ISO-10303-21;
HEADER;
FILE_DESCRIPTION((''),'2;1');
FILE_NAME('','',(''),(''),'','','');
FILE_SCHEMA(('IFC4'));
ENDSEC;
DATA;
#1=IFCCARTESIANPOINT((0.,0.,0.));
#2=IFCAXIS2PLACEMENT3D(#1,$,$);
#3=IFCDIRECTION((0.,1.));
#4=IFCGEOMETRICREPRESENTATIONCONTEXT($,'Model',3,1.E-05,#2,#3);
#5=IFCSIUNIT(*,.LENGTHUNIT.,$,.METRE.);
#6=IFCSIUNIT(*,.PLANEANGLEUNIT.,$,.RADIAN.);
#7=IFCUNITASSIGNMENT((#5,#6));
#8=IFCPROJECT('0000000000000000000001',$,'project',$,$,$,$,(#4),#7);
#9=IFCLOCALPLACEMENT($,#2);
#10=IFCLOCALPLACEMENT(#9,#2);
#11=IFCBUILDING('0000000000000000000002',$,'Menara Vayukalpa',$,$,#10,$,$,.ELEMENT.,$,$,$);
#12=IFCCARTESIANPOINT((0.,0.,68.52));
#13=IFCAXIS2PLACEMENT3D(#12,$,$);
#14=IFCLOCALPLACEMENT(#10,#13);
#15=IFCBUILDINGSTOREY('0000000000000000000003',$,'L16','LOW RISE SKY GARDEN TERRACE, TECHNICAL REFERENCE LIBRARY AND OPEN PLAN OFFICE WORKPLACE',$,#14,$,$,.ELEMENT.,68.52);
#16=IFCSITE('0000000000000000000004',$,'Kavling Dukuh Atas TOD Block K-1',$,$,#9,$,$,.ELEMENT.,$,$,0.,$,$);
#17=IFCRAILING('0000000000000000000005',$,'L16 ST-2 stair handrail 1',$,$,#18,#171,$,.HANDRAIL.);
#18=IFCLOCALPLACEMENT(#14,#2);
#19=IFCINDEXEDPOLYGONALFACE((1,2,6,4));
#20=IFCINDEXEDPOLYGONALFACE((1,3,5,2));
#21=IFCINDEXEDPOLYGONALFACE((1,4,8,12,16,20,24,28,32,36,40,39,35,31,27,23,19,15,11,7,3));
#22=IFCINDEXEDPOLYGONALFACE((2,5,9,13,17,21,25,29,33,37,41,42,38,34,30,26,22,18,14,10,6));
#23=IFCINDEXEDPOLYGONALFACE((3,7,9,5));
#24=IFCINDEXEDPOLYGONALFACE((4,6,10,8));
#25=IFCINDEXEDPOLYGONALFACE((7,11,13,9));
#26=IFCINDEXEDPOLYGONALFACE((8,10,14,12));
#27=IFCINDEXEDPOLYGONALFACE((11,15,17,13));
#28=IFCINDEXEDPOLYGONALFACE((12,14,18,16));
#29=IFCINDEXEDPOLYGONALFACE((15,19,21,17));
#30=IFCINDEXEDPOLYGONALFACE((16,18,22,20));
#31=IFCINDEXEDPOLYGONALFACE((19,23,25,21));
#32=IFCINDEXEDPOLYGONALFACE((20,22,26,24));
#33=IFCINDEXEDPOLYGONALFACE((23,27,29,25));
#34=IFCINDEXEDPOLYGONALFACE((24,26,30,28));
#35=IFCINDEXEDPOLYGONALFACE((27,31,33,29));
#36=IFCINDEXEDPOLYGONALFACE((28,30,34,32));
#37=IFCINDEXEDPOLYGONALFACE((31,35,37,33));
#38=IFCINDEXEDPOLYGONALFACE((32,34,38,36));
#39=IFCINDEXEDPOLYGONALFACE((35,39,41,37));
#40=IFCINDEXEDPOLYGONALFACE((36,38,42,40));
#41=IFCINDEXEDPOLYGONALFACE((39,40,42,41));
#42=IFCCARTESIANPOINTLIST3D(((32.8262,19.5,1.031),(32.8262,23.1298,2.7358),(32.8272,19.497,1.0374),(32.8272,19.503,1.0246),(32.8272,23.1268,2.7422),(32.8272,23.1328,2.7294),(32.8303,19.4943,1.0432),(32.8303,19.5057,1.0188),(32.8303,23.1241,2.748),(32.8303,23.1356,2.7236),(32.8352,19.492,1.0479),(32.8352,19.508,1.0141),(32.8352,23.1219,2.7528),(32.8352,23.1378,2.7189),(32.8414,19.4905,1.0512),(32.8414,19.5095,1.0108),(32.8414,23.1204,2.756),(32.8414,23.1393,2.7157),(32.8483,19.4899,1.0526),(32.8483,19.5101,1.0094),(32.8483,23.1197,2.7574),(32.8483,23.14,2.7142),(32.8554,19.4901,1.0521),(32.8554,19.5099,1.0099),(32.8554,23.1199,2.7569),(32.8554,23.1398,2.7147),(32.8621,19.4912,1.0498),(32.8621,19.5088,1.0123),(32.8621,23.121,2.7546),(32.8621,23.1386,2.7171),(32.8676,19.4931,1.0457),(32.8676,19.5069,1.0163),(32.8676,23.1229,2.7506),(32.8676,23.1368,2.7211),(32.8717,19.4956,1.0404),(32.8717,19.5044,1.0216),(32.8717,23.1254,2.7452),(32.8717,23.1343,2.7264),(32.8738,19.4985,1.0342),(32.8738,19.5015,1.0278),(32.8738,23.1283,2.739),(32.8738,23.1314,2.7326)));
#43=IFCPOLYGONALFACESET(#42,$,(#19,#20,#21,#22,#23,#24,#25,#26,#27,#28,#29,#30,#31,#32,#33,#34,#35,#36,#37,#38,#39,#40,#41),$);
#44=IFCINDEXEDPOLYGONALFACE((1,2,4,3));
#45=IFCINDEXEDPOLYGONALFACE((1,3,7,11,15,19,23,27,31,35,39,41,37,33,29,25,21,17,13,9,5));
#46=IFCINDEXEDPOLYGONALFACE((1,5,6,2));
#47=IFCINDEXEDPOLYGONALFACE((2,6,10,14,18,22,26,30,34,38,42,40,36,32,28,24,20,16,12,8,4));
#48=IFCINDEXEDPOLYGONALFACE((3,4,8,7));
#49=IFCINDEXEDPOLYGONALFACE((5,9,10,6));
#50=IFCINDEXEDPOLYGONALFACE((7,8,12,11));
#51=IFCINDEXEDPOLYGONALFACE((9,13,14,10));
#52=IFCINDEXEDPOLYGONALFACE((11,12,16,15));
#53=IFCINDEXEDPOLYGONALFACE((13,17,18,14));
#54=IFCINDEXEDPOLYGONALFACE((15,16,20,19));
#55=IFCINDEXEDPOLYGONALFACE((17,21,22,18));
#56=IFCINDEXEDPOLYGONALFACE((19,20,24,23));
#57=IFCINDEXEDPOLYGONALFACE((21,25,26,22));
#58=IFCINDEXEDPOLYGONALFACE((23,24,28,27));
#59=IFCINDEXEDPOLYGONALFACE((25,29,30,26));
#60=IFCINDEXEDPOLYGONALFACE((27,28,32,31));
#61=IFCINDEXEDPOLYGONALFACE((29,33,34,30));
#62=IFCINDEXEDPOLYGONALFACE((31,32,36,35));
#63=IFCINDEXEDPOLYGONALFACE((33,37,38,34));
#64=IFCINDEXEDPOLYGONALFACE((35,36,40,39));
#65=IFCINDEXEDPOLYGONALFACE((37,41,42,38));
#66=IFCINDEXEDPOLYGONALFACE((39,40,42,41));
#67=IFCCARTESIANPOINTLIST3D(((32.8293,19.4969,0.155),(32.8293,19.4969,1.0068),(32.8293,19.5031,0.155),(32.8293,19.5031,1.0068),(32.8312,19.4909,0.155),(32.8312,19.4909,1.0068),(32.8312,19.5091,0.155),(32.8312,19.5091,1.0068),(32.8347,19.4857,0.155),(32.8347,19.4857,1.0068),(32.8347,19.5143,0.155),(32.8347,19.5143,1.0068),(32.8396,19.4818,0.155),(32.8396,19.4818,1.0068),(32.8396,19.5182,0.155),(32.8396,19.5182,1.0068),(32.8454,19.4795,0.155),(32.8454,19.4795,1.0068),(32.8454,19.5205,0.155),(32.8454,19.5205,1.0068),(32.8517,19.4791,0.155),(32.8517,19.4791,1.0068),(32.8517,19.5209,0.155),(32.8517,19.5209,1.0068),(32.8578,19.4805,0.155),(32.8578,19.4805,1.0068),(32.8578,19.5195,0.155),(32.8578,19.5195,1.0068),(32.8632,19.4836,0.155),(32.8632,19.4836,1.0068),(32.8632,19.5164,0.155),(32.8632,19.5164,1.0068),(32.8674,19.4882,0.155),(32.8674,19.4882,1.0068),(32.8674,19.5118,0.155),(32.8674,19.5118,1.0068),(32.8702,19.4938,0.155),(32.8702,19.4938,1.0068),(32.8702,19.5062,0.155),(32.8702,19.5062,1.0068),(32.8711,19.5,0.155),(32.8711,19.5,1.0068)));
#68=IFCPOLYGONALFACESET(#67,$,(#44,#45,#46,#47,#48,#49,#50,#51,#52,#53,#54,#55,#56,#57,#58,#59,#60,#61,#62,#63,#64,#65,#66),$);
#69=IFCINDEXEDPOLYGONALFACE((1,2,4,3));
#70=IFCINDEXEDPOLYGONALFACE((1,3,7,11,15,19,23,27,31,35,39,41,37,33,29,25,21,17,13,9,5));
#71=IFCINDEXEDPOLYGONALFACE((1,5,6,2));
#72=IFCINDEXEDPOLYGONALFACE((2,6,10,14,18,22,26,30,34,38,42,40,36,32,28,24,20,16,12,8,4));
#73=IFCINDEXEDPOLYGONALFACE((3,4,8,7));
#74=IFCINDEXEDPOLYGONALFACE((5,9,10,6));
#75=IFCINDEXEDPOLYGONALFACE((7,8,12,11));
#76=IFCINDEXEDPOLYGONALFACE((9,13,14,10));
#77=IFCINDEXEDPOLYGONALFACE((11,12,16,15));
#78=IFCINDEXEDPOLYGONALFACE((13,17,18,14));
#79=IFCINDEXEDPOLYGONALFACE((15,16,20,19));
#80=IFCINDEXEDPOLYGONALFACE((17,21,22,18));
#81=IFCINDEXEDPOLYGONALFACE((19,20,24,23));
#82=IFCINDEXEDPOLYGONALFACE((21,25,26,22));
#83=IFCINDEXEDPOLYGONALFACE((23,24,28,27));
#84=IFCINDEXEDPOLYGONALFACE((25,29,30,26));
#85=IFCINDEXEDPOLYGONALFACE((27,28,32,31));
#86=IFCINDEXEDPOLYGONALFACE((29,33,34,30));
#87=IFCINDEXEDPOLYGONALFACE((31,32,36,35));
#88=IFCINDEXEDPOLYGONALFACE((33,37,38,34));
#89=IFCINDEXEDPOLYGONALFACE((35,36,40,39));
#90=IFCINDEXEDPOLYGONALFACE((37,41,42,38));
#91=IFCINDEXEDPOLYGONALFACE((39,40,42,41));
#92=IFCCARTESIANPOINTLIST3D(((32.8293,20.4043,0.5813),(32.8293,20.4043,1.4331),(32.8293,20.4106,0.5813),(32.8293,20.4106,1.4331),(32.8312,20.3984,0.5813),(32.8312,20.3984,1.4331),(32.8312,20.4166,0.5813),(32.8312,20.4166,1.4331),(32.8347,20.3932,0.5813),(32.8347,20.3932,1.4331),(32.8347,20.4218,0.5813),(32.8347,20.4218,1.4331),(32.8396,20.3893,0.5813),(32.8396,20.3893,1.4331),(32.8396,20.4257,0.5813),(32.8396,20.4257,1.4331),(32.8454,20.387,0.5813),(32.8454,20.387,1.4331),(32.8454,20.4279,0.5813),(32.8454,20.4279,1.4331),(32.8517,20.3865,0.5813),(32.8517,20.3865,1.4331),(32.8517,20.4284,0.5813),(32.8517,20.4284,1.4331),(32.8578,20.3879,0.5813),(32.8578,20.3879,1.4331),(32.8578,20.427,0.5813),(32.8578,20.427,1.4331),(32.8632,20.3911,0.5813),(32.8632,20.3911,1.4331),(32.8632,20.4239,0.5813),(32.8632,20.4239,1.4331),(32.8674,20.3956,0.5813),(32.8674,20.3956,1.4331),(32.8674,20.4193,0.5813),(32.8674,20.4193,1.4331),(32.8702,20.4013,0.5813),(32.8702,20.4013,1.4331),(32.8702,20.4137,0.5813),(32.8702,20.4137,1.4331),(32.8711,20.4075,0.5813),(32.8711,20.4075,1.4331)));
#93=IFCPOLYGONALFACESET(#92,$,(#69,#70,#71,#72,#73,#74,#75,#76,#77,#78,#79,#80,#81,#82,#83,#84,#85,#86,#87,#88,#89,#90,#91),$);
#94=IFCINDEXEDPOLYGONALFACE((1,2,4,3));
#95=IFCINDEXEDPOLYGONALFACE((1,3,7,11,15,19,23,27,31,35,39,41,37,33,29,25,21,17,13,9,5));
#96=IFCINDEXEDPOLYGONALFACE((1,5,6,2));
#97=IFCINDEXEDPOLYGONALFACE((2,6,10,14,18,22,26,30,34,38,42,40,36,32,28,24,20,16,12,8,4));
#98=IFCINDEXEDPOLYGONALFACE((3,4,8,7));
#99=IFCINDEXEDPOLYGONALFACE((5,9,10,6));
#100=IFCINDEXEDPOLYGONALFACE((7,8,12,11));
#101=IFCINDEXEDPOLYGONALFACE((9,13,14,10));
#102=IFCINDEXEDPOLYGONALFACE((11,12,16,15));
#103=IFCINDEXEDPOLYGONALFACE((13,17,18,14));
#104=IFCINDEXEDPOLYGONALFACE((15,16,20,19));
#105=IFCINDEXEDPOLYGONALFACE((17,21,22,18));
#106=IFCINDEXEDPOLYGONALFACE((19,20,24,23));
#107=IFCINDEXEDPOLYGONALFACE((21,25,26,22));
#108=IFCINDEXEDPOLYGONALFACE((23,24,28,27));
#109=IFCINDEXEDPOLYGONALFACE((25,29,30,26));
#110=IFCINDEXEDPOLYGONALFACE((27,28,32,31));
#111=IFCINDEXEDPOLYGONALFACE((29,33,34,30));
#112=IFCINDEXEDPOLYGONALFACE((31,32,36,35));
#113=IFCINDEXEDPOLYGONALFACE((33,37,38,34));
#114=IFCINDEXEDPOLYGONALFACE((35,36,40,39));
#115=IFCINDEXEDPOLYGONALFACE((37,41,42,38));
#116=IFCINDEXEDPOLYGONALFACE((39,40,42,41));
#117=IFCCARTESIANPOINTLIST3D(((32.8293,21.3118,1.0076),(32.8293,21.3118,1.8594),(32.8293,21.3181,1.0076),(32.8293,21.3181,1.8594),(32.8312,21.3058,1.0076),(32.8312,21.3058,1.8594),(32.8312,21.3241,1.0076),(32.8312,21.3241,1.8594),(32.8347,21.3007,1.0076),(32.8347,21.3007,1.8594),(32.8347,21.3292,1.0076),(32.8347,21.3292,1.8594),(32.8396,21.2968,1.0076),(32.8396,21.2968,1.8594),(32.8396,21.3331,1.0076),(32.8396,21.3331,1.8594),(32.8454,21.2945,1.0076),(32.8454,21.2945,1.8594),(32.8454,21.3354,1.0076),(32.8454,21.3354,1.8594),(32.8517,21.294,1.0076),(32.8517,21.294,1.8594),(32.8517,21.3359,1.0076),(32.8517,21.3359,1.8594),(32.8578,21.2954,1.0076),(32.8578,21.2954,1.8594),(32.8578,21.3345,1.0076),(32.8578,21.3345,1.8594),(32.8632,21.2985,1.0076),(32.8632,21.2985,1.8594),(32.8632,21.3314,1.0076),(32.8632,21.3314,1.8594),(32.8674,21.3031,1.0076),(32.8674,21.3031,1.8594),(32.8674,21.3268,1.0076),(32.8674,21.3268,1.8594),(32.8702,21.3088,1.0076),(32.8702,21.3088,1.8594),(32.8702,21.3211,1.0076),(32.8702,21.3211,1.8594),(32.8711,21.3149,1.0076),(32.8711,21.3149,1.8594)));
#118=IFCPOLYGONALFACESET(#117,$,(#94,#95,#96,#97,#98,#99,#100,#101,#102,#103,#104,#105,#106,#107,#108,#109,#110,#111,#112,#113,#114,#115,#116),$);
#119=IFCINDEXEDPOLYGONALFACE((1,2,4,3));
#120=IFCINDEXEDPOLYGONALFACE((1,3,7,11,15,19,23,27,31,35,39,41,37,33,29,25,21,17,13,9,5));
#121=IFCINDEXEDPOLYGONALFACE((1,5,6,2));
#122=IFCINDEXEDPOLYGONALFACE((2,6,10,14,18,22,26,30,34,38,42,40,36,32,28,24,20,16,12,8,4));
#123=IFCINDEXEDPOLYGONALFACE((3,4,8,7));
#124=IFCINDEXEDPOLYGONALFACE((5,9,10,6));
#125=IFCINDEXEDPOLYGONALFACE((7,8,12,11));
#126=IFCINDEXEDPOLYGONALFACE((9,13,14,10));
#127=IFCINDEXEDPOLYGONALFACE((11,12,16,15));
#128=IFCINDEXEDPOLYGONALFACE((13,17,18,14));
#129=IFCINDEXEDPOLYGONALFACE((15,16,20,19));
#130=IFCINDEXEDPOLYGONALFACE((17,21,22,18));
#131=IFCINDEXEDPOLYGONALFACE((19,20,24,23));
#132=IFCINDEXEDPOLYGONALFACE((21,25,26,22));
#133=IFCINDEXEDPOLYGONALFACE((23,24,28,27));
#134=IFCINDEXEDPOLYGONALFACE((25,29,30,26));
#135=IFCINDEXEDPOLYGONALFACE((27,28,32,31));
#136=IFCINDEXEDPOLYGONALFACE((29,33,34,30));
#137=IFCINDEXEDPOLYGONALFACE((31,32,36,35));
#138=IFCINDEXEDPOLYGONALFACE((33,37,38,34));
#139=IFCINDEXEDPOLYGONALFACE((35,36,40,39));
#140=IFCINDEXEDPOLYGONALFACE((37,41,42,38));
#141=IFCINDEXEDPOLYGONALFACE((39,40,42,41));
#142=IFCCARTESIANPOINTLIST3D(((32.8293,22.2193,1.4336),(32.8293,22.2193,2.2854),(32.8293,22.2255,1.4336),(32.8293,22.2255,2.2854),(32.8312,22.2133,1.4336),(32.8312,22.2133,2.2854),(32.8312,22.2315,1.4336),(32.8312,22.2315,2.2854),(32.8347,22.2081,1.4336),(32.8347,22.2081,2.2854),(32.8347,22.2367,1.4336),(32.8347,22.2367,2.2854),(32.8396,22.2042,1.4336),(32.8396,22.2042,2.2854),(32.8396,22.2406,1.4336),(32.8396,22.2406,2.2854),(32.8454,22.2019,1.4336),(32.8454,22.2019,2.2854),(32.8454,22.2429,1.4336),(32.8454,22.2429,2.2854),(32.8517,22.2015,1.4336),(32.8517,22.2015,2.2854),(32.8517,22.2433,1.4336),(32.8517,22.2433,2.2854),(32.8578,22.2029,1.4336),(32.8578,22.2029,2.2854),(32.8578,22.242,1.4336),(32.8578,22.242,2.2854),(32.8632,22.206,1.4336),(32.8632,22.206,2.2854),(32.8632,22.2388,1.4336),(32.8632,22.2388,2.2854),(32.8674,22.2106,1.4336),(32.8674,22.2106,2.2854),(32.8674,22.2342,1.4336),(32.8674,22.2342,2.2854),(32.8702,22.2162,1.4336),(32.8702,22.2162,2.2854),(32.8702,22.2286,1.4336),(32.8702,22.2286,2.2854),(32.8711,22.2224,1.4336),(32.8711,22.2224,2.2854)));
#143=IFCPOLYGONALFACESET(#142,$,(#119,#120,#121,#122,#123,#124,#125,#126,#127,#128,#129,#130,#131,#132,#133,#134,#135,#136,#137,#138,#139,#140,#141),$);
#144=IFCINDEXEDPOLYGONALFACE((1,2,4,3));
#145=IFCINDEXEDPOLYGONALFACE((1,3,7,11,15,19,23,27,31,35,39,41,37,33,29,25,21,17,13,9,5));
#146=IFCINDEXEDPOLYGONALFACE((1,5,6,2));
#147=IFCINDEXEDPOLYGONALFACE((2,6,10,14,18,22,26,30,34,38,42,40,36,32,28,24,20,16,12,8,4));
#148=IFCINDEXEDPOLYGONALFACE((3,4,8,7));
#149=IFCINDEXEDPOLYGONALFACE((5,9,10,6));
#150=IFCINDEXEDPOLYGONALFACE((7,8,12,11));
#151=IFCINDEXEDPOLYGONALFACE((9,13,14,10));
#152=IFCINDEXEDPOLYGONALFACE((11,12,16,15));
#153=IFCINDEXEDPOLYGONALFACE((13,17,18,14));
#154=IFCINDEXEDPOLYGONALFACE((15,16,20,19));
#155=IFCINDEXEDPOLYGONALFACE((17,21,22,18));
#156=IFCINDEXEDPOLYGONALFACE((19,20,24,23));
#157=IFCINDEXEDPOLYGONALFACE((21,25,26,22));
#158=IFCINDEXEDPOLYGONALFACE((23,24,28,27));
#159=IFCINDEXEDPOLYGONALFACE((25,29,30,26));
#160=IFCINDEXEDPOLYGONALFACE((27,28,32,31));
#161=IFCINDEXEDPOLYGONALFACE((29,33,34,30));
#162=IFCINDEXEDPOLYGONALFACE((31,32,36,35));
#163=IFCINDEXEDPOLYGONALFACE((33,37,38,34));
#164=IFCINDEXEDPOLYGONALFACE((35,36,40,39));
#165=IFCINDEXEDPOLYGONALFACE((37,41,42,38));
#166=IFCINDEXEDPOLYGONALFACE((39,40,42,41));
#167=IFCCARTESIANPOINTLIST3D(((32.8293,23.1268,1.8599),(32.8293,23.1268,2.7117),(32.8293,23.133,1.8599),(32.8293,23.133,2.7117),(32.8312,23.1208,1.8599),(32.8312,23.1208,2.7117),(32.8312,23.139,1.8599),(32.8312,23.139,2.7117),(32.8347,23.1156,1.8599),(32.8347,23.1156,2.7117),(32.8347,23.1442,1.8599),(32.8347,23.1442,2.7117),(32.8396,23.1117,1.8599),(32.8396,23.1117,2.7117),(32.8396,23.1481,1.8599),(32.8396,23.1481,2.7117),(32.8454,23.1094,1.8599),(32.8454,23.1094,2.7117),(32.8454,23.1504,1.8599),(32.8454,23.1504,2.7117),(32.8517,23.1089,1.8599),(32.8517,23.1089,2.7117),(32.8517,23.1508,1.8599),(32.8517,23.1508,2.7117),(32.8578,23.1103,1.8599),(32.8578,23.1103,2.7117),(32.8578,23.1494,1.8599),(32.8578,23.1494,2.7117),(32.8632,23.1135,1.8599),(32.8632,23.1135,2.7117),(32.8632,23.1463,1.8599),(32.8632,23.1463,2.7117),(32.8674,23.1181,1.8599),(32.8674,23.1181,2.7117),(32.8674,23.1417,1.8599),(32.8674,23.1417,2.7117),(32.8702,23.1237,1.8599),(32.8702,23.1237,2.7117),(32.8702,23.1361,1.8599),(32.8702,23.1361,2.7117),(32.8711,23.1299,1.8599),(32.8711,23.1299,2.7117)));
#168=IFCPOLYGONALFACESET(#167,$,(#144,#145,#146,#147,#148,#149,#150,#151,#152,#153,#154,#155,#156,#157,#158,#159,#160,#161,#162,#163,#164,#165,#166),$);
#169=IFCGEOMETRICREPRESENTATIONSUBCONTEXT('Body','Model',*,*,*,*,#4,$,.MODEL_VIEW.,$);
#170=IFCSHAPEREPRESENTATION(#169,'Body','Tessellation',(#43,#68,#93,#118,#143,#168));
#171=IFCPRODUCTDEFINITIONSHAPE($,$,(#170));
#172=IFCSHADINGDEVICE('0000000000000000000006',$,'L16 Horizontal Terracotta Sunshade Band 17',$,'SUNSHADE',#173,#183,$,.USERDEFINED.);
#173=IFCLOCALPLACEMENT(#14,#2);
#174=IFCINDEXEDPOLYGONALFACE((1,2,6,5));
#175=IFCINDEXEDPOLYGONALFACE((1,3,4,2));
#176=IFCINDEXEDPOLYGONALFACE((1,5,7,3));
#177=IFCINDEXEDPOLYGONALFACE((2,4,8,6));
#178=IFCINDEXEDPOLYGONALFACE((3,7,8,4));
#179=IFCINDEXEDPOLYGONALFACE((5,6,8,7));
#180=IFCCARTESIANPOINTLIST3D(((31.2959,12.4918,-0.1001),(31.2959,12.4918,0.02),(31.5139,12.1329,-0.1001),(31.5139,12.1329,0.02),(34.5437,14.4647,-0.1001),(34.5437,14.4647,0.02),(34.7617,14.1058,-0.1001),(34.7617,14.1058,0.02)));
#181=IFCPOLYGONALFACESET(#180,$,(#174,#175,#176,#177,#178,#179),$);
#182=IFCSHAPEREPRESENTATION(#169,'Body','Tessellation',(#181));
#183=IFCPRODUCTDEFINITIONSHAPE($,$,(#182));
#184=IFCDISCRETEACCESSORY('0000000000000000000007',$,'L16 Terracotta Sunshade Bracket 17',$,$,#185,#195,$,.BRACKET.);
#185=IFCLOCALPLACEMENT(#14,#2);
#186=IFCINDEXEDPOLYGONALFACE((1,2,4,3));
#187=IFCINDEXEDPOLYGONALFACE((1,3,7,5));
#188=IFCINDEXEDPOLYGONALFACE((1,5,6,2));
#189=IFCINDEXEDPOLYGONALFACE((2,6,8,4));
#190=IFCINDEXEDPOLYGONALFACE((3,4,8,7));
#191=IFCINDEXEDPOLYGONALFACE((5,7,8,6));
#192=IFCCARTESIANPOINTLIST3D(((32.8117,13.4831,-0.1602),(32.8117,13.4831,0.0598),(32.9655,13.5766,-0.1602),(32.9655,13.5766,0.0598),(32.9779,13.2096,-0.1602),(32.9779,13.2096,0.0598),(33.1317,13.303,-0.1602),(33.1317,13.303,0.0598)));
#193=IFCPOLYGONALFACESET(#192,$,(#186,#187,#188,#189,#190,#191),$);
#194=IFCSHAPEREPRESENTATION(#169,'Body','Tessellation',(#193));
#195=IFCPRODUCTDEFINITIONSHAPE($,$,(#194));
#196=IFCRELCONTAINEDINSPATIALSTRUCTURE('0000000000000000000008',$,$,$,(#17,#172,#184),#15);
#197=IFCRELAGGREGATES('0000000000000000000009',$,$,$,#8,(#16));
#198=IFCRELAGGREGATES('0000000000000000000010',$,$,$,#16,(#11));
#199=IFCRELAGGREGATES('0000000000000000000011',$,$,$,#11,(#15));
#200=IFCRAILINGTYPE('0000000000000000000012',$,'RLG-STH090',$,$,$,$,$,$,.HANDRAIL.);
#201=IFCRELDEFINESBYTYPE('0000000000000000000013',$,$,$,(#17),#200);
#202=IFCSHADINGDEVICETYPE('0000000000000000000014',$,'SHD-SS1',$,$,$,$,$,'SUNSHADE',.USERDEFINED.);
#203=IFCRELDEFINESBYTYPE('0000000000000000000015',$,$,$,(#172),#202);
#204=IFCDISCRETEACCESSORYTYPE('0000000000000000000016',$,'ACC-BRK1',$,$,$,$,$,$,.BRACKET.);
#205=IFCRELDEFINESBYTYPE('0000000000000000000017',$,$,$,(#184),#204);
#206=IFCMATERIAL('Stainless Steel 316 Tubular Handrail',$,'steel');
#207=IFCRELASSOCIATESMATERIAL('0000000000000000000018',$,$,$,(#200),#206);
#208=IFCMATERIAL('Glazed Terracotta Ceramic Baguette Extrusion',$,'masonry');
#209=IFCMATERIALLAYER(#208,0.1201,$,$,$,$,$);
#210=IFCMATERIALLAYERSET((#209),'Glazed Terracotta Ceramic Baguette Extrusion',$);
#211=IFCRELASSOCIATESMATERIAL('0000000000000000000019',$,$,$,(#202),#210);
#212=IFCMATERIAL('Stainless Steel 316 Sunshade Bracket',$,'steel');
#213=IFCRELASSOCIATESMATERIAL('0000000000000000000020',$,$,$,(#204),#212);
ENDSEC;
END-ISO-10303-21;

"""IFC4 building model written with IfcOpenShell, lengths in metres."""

from ifc_helpers import new_model, si_unit, direction, frame, origin, origin_2d, place, context, subcontext, project, spatial, rectangle, circle, extrude, material, layer, layer_set, type_object, element, save


model = new_model("IFC4")

# Units and contexts
model_context = context("Model", 3, precision=1e-05, world=origin(), true_north=direction((0.0, 1.0)))
body_context = subcontext(model_context, "Body", "Model", "MODEL_VIEW")
ifc_project = project(units=[si_unit("LENGTHUNIT", "METRE"), si_unit("PLANEANGLEUNIT", "RADIAN")], contexts=[model_context])

# Site, building, storey
site_placement = place(None, origin())
site = spatial("IfcSite", under=ifc_project, at=site_placement, Name="Kavling Dukuh Atas TOD Block K-1", CompositionType="ELEMENT", RefElevation=0.0)
building_placement = place(site_placement, origin())
building = spatial("IfcBuilding", under=site, at=building_placement, Name="Menara Vayukalpa", CompositionType="ELEMENT")
storey_placement = place(building_placement, frame((0.0, 0.0, 68.52)))
storey = spatial("IfcBuildingStorey", under=building, at=storey_placement, Name="L16", Description="LOW RISE SKY GARDEN TERRACE, TECHNICAL REFERENCE LIBRARY AND OPEN PLAN OFFICE WORKPLACE", CompositionType="ELEMENT", Elevation=68.52)

# Railing
ifc_material_1 = material(Name="Stainless Steel 316 Tubular Handrail", Category="steel")
railing_type_1 = type_object("IfcRailingType", Name="RLG-STH090", PredefinedType="HANDRAIL", material=ifc_material_1)
railing_placement = place(storey_placement, frame((32.8501, 19.5, 0.155)))
element("IfcRailing", 1, at=railing_placement, inside=storey, type_object=railing_type_1, Name="L16 ST-2 stair handrail 1", PredefinedType="HANDRAIL", context=body_context, shape_type="SweptSolid", body=[
    extrude(circle(Radius=0.0239, at=origin_2d()), frame((0.0, 0.0, 0.876), z_axis=(0.0, 0.90514, 0.425114), x_axis=(-1.0, 0.0, 0.0)), (0.0, 0.0, 1.0), 4.0103),
    extrude(circle(Radius=0.021, at=origin_2d()), origin(), (0.0, 0.0, 1.0), 0.8518),
    extrude(circle(Radius=0.021, at=origin_2d()), frame((0.0, 0.9075, 0.4263)), (0.0, 0.0, 1.0), 0.8518),
    extrude(circle(Radius=0.021, at=origin_2d()), frame((0.0, 1.8149, 0.8525)), (0.0, 0.0, 1.0), 0.8518),
    extrude(circle(Radius=0.021, at=origin_2d()), frame((0.0, 2.7224, 1.2786)), (0.0, 0.0, 1.0), 0.8518),
    extrude(circle(Radius=0.021, at=origin_2d()), frame((0.0, 3.6299, 1.7048)), (0.0, 0.0, 1.0), 0.8518),
])

# Shading device
ifc_material_2 = material(Name="Glazed Terracotta Ceramic Baguette Extrusion", Category="masonry")
ifc_layer_1 = layer(ifc_material_2, 0.1201)
ifc_layer_set_1 = layer_set([ifc_layer_1], Name="Glazed Terracotta Ceramic Baguette Extrusion")
shading_device_type = type_object("IfcShadingDeviceType", Name="SHD-SS1", ElementType="SUNSHADE", PredefinedType="USERDEFINED", material=ifc_layer_set_1)
shading_device_placement = place(storey_placement, frame((33.0288, 13.2988, -0.1001), z_axis=(0.0, 0.0, 1.0), x_axis=(0.854667, 0.519176, 0.0)))
element("IfcShadingDevice", 2, at=shading_device_placement, inside=storey, type_object=shading_device_type, Name="L16 Horizontal Terracotta Sunshade Band 17", ObjectType="SUNSHADE", PredefinedType="USERDEFINED", context=body_context, shape_type="SweptSolid", body=[
    extrude(rectangle(XDim=3.8, YDim=0.4199, at=origin_2d()), origin(), (0.0, 0.0, 1.0), 0.1201),
])

# Discrete accessory
ifc_material_3 = material(Name="Stainless Steel 316 Sunshade Bracket", Category="steel")
discrete_accessory_type = type_object("IfcDiscreteAccessoryType", Name="ACC-BRK1", PredefinedType="BRACKET", material=ifc_material_3)
discrete_accessory_placement = place(storey_placement, frame((32.9717, 13.3931, -0.1602), z_axis=(0.0, 0.0, 1.0), x_axis=(0.854667, 0.519176, 0.0)))
element("IfcDiscreteAccessory", 3, at=discrete_accessory_placement, inside=storey, type_object=discrete_accessory_type, Name="L16 Terracotta Sunshade Bracket 17", PredefinedType="BRACKET", context=body_context, shape_type="SweptSolid", body=[
    extrude(rectangle(XDim=0.1799, YDim=0.3201, at=origin_2d()), origin(), (0.0, 0.0, 1.0), 0.22),
])

save(model, "model.ifc")
